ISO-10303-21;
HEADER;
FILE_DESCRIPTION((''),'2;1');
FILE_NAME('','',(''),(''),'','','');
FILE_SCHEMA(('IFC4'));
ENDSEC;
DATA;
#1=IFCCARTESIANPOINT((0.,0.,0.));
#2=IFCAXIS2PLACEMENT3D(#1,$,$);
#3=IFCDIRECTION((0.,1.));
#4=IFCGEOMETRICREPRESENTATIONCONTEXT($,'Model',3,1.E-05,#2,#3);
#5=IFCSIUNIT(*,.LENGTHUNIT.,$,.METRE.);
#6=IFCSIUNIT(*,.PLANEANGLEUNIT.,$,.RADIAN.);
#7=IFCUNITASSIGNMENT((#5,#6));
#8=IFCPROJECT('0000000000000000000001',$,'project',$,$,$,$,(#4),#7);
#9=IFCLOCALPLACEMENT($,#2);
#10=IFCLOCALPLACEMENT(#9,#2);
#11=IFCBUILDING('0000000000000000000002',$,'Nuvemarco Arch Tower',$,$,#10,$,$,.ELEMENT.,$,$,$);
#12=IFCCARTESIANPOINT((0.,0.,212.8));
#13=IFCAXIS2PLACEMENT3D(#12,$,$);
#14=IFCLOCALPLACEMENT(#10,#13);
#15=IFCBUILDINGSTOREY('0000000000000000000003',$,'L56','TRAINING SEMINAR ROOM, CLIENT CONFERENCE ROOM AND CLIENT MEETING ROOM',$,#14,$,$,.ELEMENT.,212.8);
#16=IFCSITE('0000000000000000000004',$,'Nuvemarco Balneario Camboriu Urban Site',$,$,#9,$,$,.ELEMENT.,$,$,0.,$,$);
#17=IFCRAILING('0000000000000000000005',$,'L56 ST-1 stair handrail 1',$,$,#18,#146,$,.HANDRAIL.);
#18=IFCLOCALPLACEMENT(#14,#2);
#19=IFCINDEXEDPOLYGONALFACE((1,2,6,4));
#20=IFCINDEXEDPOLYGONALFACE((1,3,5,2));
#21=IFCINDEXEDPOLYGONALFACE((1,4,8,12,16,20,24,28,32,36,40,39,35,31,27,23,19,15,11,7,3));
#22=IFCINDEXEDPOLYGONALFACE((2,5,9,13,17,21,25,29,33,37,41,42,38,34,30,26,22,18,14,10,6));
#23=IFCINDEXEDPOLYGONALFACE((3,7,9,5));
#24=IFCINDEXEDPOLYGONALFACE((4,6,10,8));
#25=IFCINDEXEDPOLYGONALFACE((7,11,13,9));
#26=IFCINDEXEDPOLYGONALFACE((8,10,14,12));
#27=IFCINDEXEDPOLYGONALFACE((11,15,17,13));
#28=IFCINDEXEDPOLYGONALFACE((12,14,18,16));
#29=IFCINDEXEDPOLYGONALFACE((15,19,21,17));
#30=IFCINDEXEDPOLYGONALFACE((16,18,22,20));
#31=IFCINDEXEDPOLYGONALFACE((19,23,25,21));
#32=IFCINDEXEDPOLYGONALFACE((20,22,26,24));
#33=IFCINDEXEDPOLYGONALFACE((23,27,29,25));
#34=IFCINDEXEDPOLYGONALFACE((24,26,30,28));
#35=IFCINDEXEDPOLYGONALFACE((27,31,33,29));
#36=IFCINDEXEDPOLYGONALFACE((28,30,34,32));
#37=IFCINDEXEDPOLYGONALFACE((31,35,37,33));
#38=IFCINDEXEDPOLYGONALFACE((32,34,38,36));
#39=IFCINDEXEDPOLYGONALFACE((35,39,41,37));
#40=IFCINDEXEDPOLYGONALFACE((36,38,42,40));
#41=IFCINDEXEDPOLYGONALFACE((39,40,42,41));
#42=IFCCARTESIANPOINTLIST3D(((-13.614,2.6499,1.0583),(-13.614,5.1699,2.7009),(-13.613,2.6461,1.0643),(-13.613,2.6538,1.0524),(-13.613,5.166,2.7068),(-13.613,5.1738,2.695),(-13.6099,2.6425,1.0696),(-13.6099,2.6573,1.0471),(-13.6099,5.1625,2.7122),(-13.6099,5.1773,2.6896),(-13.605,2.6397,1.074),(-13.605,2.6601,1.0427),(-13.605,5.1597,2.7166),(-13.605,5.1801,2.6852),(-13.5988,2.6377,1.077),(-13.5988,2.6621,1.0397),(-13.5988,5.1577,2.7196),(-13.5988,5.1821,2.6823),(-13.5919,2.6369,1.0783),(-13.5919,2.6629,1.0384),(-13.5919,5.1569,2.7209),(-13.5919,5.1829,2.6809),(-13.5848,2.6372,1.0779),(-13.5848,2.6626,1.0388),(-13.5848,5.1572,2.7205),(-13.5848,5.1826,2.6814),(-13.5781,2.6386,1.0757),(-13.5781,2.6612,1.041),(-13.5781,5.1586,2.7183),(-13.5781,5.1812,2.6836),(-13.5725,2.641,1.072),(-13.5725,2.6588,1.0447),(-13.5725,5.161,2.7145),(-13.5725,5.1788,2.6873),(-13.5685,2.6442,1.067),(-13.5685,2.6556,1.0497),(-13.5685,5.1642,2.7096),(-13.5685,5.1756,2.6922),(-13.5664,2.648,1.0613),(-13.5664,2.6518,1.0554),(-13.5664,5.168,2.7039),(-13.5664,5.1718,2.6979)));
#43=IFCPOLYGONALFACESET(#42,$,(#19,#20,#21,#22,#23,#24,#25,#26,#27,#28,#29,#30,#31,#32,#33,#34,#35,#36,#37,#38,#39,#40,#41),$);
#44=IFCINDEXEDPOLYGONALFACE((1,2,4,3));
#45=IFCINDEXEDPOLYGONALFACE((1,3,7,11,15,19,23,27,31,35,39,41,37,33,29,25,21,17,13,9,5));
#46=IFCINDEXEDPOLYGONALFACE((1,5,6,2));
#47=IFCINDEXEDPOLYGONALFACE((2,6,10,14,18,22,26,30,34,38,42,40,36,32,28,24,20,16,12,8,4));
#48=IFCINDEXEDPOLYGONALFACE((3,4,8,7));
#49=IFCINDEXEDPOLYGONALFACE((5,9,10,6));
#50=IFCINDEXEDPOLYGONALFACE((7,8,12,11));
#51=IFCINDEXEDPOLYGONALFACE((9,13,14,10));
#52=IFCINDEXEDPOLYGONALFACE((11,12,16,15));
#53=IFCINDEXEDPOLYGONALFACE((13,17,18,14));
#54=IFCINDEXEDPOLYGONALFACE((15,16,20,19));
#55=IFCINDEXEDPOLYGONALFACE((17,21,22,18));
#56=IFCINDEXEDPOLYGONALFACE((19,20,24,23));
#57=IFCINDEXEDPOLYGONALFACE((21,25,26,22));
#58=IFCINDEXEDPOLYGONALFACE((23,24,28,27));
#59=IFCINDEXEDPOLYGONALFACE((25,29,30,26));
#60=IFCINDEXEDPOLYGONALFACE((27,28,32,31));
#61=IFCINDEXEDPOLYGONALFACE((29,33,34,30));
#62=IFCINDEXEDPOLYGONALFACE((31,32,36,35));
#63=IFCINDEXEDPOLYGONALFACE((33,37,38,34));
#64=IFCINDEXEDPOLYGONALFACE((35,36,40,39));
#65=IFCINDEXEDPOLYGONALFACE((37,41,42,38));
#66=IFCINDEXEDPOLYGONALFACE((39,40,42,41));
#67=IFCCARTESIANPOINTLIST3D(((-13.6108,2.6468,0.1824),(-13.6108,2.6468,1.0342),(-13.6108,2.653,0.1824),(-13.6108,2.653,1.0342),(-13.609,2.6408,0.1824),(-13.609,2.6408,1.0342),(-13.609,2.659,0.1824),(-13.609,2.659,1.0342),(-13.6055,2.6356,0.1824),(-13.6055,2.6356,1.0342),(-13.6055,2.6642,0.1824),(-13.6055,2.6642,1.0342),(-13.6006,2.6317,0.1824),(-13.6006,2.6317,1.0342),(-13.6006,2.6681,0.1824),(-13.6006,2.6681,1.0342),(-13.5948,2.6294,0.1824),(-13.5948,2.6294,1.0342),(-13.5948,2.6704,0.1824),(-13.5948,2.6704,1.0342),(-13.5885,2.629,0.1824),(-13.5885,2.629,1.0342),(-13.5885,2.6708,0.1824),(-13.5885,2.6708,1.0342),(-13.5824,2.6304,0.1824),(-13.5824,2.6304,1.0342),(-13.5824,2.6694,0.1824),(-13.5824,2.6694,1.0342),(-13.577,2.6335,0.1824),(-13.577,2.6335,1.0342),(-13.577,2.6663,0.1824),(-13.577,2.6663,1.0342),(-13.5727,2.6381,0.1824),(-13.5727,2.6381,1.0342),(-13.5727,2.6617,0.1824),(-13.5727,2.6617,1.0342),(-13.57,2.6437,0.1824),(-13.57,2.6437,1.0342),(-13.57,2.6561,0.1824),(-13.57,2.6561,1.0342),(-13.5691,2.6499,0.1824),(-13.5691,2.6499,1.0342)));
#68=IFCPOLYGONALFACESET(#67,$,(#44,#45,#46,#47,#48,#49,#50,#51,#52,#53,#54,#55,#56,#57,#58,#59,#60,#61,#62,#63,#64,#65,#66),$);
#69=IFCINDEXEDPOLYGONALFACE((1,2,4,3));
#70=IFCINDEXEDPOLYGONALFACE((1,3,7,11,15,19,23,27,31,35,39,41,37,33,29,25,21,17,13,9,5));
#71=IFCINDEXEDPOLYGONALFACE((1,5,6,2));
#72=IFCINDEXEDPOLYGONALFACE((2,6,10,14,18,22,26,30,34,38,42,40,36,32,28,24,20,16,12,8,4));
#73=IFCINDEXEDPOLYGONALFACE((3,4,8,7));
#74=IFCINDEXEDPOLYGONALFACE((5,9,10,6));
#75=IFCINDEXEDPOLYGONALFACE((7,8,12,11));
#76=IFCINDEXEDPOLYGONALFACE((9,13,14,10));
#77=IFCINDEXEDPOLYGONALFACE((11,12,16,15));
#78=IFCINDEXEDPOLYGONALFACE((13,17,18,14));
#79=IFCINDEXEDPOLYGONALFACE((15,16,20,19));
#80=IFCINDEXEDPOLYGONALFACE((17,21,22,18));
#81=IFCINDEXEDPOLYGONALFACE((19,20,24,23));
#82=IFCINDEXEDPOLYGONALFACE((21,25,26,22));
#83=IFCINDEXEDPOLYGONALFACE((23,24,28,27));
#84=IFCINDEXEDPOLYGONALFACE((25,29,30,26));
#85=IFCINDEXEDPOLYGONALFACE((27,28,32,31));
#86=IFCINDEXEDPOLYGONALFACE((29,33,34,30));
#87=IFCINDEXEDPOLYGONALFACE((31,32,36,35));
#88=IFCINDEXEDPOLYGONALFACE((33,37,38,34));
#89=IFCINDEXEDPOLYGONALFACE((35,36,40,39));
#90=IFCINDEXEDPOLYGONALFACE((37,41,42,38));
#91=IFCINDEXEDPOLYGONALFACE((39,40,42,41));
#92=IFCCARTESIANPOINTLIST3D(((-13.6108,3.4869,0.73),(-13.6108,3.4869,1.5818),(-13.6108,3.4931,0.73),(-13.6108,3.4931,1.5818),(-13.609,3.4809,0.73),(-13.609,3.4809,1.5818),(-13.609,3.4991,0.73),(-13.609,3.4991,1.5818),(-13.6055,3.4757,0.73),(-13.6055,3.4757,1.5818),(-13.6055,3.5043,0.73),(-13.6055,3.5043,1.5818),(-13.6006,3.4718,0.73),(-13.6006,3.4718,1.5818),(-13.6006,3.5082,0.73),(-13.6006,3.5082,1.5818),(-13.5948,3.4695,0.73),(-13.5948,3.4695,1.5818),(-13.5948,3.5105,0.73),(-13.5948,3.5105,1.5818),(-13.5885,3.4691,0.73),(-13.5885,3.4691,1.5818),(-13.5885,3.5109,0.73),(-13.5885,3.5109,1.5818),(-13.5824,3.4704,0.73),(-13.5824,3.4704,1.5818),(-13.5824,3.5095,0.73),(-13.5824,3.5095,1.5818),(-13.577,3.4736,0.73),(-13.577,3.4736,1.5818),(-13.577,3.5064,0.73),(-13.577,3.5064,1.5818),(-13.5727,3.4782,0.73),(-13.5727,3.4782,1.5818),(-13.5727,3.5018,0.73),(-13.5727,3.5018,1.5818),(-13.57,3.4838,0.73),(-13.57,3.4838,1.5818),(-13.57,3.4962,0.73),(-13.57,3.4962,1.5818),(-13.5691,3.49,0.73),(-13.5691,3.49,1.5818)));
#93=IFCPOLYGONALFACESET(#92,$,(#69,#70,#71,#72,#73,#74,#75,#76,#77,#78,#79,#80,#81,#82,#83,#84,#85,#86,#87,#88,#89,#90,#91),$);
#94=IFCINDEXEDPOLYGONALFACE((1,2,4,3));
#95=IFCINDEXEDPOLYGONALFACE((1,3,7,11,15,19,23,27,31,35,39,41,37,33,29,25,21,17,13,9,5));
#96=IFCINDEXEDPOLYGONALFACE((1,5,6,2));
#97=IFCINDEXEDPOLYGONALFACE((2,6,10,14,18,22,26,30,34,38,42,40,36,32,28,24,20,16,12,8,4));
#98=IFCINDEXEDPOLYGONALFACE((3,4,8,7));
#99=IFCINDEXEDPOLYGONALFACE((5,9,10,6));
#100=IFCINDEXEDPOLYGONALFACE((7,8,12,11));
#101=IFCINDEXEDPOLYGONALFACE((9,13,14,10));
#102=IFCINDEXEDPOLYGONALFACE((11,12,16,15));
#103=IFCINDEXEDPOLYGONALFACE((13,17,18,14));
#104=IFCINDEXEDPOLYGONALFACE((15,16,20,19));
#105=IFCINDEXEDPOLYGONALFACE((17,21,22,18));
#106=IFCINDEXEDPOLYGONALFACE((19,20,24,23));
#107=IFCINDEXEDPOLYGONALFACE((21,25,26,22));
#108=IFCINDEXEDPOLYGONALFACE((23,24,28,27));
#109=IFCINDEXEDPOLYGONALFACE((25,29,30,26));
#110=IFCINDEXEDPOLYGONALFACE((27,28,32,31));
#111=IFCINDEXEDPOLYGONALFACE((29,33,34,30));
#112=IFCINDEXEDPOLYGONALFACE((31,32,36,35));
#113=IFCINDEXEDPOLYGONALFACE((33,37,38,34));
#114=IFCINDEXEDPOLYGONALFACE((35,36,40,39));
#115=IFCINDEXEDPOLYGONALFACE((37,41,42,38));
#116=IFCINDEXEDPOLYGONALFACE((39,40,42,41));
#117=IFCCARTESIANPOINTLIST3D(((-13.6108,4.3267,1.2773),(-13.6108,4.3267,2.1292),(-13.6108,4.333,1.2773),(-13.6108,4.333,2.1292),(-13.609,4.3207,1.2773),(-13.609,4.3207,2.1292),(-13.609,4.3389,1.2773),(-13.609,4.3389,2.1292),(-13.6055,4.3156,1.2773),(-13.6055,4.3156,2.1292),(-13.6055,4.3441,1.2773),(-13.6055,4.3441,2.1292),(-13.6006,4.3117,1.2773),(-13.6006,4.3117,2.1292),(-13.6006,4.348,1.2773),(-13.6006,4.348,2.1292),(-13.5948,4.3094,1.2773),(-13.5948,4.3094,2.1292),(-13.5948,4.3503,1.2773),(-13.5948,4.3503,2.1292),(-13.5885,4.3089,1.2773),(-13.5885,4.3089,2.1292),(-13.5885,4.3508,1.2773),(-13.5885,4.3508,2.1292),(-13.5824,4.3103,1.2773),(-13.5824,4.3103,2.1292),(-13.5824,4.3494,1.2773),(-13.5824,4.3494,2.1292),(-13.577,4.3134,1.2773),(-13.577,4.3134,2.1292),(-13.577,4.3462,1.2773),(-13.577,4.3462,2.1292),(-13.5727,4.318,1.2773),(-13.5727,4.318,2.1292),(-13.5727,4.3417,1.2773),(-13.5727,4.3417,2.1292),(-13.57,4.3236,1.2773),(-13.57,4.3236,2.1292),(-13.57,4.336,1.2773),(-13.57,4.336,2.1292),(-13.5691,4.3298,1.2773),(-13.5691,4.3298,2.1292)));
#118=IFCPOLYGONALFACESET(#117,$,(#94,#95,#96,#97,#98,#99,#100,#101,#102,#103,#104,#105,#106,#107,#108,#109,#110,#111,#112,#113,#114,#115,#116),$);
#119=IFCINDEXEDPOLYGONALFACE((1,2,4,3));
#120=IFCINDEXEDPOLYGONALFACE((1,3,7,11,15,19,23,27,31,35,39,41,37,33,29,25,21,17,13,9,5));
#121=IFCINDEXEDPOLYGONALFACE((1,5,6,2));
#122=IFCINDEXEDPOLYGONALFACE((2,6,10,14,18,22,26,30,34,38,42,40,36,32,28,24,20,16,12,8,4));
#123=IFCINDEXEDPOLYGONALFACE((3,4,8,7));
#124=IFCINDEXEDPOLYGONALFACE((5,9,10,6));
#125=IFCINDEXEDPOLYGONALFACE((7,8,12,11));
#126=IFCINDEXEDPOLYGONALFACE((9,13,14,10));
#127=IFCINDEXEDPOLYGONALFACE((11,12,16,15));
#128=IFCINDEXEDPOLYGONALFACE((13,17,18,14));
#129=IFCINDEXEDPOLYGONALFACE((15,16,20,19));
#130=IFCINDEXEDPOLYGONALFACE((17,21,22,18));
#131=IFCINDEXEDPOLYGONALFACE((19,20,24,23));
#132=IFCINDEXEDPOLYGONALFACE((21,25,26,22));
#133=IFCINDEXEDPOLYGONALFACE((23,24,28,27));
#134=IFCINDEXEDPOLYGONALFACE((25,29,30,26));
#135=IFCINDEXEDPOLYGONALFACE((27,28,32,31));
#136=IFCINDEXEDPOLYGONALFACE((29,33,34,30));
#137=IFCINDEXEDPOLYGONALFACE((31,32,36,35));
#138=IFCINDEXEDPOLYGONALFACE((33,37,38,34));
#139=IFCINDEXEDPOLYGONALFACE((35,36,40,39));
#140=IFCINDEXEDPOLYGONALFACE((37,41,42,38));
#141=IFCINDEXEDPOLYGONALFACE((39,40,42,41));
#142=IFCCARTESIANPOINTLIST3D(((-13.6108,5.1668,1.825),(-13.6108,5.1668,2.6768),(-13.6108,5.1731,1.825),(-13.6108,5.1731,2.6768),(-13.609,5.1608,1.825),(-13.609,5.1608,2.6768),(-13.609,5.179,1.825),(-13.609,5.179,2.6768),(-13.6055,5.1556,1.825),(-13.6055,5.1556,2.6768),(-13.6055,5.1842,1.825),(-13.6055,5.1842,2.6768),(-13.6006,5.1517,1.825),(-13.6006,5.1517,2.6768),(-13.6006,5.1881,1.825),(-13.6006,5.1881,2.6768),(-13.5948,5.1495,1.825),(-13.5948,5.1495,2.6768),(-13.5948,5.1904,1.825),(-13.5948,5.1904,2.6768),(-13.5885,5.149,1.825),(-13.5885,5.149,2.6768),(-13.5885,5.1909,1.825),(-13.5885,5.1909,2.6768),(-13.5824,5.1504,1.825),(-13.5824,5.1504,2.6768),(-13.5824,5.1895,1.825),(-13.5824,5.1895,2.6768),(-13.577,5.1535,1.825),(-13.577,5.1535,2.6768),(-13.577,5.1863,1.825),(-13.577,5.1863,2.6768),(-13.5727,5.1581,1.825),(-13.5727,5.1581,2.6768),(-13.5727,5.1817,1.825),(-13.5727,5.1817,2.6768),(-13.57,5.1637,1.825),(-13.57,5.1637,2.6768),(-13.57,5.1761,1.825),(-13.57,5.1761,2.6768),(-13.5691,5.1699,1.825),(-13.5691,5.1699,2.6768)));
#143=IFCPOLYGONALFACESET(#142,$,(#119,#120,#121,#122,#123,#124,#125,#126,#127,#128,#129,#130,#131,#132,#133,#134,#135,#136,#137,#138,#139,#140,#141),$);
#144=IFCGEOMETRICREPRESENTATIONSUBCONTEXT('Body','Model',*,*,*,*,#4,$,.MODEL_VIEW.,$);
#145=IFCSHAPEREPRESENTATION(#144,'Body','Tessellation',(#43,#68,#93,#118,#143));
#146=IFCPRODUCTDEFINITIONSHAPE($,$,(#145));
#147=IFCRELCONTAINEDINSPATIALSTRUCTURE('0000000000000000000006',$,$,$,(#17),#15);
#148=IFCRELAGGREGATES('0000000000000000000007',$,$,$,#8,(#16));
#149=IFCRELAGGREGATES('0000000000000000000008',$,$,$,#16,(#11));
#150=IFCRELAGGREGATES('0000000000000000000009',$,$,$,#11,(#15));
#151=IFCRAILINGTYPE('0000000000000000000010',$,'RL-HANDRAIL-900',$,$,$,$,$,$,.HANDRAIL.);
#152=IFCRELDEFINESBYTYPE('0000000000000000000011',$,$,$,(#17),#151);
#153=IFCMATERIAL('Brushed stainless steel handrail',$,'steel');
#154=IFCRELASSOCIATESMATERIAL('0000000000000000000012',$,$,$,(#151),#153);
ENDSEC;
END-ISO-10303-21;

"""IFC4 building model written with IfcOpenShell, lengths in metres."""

from ifc_helpers import new_model, si_unit, direction, frame, origin, origin_2d, place, context, subcontext, project, spatial, circle, extrude, material, type_object, element, save


model = new_model("IFC4")

# Units and contexts
model_context = context("Model", 3, precision=1e-05, world=origin(), true_north=direction((0.0, 1.0)))
body_context = subcontext(model_context, "Body", "Model", "MODEL_VIEW")
ifc_project = project(units=[si_unit("LENGTHUNIT", "METRE"), si_unit("PLANEANGLEUNIT", "RADIAN")], contexts=[model_context])

# Site, building, storey
site_placement = place(None, origin())
site = spatial("IfcSite", under=ifc_project, at=site_placement, Name="Nuvemarco Balneario Camboriu Urban Site", CompositionType="ELEMENT", RefElevation=0.0)
building_placement = place(site_placement, origin())
building = spatial("IfcBuilding", under=site, at=building_placement, Name="Nuvemarco Arch Tower", CompositionType="ELEMENT")
storey_placement = place(building_placement, frame((0.0, 0.0, 212.8)))
storey = spatial("IfcBuildingStorey", under=building, at=storey_placement, Name="L56", Description="TRAINING SEMINAR ROOM, CLIENT CONFERENCE ROOM AND CLIENT MEETING ROOM", CompositionType="ELEMENT", Elevation=212.8)

# Railing
ifc_material_1 = material(Name="Brushed stainless steel handrail", Category="steel")
railing_type_1 = type_object("IfcRailingType", Name="RL-HANDRAIL-900", PredefinedType="HANDRAIL", material=ifc_material_1)
railing_1_placement = place(storey_placement, frame((-13.5901, 2.6499, 0.1824)))
element("IfcRailing", 1, at=railing_1_placement, inside=storey, type_object=railing_type_1, Name="L56 ST-1 stair handrail 1", PredefinedType="HANDRAIL", context=body_context, shape_type="SweptSolid", body=[
    extrude(circle(Radius=0.0239, at=origin_2d()), frame((0.0, 0.0, 0.876), z_axis=(0.0, 0.837749, 0.546055), x_axis=(-1.0, 0.0, 0.0)), (0.0, 0.0, 1.0), 3.0081),
    extrude(circle(Radius=0.021, at=origin_2d()), origin(), (0.0, 0.0, 1.0), 0.8518),
    extrude(circle(Radius=0.021, at=origin_2d()), frame((0.0, 0.8401, 0.5476)), (0.0, 0.0, 1.0), 0.8518),
    extrude(circle(Radius=0.021, at=origin_2d()), frame((0.0, 1.6799, 1.095)), (0.0, 0.0, 1.0), 0.8518),
    extrude(circle(Radius=0.021, at=origin_2d()), frame((0.0, 2.52, 1.6426)), (0.0, 0.0, 1.0), 0.8518),
])

save(model, "model.ifc")
